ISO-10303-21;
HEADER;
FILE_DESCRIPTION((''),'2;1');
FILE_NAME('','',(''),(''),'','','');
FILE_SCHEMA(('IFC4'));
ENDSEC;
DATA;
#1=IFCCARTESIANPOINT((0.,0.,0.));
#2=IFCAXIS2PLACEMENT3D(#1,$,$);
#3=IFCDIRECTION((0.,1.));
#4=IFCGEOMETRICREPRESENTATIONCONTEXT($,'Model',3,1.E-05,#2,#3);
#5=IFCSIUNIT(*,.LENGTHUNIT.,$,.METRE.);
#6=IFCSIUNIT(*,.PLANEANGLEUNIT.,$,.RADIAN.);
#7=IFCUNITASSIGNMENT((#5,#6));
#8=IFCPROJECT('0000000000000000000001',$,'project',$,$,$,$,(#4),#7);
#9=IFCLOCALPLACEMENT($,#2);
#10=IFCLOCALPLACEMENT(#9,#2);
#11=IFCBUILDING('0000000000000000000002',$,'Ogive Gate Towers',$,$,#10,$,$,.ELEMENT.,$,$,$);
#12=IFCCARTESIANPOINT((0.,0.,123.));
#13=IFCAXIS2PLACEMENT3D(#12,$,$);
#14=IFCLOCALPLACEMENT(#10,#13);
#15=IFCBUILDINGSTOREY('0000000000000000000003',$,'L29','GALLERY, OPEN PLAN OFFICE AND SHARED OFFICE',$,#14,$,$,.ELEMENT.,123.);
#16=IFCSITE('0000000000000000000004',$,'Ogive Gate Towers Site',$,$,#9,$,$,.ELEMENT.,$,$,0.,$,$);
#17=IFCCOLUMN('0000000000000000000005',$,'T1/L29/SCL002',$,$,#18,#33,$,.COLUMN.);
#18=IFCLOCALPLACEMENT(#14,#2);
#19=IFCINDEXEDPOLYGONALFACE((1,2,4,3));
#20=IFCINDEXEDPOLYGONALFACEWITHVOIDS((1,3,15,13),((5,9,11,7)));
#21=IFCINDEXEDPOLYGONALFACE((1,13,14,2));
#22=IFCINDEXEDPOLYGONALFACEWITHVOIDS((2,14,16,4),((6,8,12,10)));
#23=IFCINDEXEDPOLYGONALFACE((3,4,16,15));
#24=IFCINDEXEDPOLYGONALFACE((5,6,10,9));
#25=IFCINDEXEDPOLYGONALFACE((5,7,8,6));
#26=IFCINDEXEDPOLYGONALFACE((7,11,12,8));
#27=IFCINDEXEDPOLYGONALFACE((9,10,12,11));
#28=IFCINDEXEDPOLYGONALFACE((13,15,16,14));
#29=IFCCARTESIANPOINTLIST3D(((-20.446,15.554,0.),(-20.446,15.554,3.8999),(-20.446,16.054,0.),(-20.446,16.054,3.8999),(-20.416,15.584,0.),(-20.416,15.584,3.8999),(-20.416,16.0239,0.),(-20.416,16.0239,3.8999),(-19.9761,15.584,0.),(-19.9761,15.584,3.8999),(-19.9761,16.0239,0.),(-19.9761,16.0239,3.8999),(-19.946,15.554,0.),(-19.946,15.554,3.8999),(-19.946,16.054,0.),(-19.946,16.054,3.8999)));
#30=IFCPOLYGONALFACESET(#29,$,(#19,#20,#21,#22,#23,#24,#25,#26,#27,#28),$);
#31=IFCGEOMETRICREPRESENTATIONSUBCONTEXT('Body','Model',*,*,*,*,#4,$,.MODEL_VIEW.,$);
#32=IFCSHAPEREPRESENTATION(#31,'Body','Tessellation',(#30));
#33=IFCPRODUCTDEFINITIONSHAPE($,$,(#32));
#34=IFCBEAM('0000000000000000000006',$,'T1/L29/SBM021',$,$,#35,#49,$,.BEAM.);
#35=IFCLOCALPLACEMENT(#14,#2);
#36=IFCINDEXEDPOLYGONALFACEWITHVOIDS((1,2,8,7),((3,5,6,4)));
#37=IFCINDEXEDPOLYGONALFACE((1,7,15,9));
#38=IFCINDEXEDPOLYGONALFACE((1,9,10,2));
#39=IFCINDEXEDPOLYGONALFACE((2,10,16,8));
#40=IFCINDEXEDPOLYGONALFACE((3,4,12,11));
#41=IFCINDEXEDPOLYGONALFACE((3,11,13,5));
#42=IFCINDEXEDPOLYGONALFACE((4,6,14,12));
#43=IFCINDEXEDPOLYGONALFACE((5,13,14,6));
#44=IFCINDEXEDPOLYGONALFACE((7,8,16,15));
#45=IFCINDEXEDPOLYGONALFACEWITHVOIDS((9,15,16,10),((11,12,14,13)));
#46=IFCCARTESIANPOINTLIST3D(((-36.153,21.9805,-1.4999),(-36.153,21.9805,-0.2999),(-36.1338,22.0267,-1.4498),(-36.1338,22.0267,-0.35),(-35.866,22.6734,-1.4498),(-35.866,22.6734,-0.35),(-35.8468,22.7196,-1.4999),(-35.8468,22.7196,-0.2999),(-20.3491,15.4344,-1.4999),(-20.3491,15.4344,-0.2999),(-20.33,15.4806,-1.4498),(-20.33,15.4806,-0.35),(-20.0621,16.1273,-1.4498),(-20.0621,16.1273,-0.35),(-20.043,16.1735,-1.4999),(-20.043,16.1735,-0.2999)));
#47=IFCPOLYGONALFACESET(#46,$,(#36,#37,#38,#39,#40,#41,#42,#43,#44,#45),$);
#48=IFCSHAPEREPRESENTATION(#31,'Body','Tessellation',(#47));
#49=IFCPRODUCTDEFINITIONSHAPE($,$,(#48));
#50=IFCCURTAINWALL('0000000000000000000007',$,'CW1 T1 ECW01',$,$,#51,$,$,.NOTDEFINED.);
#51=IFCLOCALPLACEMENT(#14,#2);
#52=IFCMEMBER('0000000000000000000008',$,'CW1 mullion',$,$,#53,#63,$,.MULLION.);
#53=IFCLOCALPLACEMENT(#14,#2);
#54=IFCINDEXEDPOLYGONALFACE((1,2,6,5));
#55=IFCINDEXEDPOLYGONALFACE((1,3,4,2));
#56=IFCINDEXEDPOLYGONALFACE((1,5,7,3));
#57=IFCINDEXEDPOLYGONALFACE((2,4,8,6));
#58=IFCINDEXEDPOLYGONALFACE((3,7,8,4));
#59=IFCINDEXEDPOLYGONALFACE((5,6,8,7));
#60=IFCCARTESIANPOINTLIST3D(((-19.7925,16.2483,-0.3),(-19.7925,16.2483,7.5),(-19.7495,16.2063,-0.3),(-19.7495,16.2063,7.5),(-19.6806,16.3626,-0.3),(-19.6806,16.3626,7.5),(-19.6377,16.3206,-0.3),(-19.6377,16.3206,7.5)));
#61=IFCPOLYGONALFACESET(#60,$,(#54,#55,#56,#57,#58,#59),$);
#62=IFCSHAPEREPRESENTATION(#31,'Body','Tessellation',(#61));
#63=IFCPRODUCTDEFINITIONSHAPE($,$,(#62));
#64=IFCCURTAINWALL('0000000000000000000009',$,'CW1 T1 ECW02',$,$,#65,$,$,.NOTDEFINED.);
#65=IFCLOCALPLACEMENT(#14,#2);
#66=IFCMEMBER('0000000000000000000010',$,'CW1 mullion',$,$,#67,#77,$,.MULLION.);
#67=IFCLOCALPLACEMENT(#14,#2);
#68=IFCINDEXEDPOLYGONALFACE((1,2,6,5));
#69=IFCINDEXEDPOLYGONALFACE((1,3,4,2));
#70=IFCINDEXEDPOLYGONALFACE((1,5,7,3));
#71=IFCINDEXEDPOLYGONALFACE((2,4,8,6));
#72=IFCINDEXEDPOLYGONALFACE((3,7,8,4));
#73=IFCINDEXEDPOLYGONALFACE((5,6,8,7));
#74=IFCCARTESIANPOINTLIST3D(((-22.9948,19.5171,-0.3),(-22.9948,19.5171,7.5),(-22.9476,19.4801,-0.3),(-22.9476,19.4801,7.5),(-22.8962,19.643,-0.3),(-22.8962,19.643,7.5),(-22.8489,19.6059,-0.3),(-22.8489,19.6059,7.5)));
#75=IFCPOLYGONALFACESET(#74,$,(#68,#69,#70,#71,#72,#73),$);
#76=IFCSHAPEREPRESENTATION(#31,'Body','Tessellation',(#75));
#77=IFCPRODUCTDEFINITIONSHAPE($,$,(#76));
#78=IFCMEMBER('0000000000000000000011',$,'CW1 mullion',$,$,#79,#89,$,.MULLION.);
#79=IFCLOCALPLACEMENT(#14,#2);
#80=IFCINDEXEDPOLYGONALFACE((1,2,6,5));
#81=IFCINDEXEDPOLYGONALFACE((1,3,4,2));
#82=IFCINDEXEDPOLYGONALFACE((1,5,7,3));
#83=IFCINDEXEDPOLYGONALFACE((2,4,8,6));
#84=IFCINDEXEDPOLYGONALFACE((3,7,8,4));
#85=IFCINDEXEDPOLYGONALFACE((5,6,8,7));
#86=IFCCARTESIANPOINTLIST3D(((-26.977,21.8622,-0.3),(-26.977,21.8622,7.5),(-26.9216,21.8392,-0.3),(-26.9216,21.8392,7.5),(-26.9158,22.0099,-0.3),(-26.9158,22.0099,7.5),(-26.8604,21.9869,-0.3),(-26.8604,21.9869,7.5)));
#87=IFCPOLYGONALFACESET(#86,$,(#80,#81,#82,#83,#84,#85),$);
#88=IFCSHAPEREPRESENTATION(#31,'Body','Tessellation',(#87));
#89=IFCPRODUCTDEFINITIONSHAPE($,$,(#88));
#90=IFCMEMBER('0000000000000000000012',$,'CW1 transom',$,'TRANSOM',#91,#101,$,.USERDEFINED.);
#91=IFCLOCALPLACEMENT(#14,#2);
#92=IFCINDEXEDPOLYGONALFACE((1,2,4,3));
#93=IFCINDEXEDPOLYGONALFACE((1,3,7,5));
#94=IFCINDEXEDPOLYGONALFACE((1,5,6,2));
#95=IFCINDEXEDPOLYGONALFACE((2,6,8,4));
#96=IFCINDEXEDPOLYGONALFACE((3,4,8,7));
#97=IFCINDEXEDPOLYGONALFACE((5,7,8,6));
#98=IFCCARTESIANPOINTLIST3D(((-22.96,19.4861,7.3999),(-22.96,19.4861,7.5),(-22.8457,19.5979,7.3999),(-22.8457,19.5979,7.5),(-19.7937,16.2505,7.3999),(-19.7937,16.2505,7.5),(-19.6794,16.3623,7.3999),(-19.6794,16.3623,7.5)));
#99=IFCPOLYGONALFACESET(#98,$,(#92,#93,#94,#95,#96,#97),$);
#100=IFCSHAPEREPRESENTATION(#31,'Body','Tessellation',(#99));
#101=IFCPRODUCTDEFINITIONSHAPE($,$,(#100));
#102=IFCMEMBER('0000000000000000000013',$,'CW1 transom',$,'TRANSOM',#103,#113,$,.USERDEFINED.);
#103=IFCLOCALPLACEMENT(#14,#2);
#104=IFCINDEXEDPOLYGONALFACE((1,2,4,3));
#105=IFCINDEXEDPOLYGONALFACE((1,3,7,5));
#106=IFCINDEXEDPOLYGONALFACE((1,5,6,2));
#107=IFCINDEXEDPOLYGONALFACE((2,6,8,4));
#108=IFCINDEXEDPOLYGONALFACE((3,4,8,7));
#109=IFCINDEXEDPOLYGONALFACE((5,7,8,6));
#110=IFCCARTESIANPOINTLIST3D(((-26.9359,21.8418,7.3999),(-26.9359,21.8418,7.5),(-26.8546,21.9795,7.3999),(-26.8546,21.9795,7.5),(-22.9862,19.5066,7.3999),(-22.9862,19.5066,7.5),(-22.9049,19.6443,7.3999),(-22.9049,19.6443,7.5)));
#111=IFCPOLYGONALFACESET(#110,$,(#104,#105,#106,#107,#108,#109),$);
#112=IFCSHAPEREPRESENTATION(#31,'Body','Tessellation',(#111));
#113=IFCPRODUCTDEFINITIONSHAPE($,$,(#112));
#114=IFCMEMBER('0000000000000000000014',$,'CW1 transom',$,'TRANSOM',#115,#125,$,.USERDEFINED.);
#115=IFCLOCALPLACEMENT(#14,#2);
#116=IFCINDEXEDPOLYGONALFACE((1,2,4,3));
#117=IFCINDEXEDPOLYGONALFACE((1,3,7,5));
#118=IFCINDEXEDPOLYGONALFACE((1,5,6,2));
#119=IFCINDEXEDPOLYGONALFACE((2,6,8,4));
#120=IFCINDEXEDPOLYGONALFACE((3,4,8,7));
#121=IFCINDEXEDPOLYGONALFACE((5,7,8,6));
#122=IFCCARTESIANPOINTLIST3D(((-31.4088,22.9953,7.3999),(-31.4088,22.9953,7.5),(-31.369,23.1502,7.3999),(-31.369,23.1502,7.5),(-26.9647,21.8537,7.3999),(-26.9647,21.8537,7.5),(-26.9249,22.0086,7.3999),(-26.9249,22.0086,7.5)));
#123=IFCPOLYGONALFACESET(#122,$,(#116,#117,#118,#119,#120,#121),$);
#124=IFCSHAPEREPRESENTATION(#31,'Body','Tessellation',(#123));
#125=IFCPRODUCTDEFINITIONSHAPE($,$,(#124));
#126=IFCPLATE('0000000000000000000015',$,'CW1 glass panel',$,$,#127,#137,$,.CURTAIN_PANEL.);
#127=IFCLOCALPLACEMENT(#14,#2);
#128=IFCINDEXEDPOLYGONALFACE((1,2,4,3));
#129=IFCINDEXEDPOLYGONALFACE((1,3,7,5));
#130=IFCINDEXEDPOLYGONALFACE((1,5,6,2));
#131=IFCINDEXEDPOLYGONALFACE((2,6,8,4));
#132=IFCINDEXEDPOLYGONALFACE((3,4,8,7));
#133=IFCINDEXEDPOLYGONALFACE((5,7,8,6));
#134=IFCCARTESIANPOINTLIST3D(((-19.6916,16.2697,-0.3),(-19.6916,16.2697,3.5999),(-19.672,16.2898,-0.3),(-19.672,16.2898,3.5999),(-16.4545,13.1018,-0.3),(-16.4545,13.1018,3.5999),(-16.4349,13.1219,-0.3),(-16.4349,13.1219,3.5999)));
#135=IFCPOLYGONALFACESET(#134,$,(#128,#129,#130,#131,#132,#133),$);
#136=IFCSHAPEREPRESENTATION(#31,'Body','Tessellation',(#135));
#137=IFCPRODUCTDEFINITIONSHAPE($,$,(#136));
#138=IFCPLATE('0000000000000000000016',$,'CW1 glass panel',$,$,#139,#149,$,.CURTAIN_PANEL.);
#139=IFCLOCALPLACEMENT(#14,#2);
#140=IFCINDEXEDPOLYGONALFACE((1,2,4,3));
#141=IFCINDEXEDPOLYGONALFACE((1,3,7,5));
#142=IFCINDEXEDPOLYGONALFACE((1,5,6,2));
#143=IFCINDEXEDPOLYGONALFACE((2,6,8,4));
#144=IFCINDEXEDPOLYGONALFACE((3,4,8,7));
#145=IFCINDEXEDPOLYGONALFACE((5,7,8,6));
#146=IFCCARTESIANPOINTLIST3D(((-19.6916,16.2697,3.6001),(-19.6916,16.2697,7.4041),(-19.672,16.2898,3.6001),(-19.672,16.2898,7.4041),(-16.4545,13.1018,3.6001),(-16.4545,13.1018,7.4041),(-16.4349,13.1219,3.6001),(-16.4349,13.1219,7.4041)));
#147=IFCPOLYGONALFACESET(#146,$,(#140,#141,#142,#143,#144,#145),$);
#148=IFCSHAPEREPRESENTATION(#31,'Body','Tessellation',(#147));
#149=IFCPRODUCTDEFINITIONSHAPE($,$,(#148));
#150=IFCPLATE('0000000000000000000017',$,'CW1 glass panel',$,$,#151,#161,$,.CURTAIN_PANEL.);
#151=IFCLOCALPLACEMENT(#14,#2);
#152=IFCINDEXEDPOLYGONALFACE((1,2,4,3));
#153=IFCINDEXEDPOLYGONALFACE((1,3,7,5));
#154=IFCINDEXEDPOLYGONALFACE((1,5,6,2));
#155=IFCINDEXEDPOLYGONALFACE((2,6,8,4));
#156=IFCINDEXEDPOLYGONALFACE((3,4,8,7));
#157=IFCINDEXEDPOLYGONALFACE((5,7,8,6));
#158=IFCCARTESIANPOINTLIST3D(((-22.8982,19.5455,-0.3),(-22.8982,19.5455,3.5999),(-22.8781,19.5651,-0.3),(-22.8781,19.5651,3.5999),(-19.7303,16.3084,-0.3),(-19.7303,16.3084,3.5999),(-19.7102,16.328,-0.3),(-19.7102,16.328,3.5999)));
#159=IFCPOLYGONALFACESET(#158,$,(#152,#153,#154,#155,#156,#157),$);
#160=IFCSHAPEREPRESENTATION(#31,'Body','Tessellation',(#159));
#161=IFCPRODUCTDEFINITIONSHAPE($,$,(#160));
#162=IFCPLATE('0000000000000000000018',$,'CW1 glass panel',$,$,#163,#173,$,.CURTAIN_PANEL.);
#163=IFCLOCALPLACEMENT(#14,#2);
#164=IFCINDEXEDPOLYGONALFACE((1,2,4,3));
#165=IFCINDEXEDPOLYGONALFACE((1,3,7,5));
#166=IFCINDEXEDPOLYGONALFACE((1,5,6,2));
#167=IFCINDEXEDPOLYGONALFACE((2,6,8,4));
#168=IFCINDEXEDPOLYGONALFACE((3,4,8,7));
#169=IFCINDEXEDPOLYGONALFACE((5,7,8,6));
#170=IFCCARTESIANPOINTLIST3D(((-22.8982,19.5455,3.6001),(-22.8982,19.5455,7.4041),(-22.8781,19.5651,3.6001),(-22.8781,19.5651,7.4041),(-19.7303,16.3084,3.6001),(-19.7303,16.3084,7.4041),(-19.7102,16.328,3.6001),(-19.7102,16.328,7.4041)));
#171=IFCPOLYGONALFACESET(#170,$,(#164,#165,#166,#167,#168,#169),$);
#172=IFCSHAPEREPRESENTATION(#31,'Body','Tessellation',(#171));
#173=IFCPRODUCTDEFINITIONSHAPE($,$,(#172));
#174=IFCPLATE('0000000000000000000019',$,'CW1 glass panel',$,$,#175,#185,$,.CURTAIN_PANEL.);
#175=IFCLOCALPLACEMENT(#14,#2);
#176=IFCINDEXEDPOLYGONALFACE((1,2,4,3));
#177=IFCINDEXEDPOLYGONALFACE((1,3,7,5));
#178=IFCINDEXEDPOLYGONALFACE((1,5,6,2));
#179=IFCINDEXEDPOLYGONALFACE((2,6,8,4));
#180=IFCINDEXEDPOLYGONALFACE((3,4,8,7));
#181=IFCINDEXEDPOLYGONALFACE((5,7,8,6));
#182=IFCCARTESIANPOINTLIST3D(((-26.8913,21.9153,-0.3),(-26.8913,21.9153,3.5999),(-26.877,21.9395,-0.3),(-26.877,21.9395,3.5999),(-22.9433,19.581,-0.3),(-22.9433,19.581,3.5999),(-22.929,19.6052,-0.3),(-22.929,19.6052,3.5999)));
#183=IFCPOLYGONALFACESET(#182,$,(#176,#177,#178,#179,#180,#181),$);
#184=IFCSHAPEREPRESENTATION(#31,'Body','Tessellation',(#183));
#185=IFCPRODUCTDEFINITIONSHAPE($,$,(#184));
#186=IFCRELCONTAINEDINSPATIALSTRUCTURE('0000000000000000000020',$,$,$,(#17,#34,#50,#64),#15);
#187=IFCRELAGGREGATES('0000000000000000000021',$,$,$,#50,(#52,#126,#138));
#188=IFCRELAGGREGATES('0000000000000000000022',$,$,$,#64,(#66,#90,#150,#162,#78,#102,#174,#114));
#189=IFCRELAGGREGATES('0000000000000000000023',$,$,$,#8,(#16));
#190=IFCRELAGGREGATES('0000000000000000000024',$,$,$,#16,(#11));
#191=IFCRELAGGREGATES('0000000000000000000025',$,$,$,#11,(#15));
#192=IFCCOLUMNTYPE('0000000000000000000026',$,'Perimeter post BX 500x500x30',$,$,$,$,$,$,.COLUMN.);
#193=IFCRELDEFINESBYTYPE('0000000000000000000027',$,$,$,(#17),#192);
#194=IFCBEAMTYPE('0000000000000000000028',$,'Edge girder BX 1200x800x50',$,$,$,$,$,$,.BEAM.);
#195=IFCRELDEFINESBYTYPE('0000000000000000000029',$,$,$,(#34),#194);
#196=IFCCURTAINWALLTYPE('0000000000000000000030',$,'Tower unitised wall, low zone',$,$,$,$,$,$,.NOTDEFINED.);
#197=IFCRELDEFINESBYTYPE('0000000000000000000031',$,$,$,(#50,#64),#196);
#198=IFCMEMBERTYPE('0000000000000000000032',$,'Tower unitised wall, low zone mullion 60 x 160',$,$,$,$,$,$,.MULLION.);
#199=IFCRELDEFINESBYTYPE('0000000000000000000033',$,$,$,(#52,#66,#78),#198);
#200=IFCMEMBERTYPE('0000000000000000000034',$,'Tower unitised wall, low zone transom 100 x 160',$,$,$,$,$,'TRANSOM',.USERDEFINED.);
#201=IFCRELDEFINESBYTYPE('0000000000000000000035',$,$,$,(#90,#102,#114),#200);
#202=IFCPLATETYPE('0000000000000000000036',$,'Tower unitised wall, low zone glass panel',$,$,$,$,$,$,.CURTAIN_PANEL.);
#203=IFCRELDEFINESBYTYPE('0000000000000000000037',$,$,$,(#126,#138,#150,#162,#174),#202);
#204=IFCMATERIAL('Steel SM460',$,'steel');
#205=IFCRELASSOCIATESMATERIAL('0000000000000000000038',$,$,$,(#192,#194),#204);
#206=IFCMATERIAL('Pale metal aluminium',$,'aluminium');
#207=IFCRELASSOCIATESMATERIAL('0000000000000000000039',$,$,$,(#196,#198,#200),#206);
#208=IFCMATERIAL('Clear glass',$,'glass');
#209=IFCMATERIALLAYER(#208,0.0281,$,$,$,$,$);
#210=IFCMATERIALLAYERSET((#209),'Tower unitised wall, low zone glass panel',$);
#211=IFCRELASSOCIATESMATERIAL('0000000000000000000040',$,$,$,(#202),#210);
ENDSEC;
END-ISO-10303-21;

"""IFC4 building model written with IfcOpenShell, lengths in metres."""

from ifc_helpers import new_model, si_unit, direction, frame, origin, origin_2d, place, context, subcontext, project, spatial, rectangle, hollow_rectangle, extrude, material, layer, layer_set, material_profile, profile_set, type_object, element, aggregate, save


model = new_model("IFC4")

# Units and contexts
model_context = context("Model", 3, precision=1e-05, world=origin(), true_north=direction((0.0, 1.0)))
body_context = subcontext(model_context, "Body", "Model", "MODEL_VIEW")
ifc_project = project(units=[si_unit("LENGTHUNIT", "METRE"), si_unit("PLANEANGLEUNIT", "RADIAN")], contexts=[model_context])

# Site, building, storey
site_placement = place(None, origin())
site = spatial("IfcSite", under=ifc_project, at=site_placement, Name="Ogive Gate Towers Site", CompositionType="ELEMENT", RefElevation=0.0)
building_placement = place(site_placement, origin())
building = spatial("IfcBuilding", under=site, at=building_placement, Name="Ogive Gate Towers", CompositionType="ELEMENT")
storey_placement = place(building_placement, frame((0.0, 0.0, 123.0)))
storey = spatial("IfcBuildingStorey", under=building, at=storey_placement, Name="L29", Description="GALLERY, OPEN PLAN OFFICE AND SHARED OFFICE", CompositionType="ELEMENT", Elevation=123.0)

# Column
ifc_material_1 = material(Name="Steel SM460", Category="steel")
ifc_material_profile_1 = material_profile(ifc_material_1, hollow_rectangle(XDim=0.5, YDim=0.5, WallThickness=0.03, at=origin_2d()), Name="BX 500x500x30")
ifc_profile_set_1 = profile_set([ifc_material_profile_1], Name="Steel SM460")
column_type = type_object("IfcColumnType", Name="Perimeter post BX 500x500x30", PredefinedType="COLUMN", material=ifc_profile_set_1)
column_placement = place(storey_placement, frame((-20.196, 15.804, 0.0), z_axis=(0.0, 0.0, 1.0), x_axis=(1.0, 0.0, 0.0)))
element("IfcColumn", 1, at=column_placement, inside=storey, type_object=column_type, Name="T1/L29/SCL002", PredefinedType="COLUMN", context=body_context, shape_type="SweptSolid", body=[
    extrude(hollow_rectangle(XDim=0.5, YDim=0.5, WallThickness=0.03, at=origin_2d()), origin(), (0.0, 0.0, 1.0), 3.8999),
])

# Beam
ifc_material_profile_2 = material_profile(ifc_material_1, hollow_rectangle(XDim=0.8, YDim=1.2, WallThickness=0.05, at=origin_2d()), Name="BX 1200x800x50")
ifc_profile_set_2 = profile_set([ifc_material_profile_2], Name="Steel SM460")
beam_type = type_object("IfcBeamType", Name="Edge girder BX 1200x800x50", PredefinedType="BEAM", material=ifc_profile_set_2)
beam_placement = place(storey_placement, frame((-20.196, 15.804, -0.8999), z_axis=(-0.923881, 0.38268, 0.0), x_axis=(-0.38268, -0.923881, 0.0)))
element("IfcBeam", 2, at=beam_placement, inside=storey, type_object=beam_type, Name="T1/L29/SBM021", PredefinedType="BEAM", context=body_context, shape_type="SweptSolid", body=[
    extrude(hollow_rectangle(XDim=0.8, YDim=1.2, WallThickness=0.05, at=origin_2d()), origin(), (0.0, 0.0, 1.0), 17.106),
])

# Curtain wall, member
ifc_material_2 = material(Name="Pale metal aluminium", Category="aluminium")
curtain_wall_type = type_object("IfcCurtainWallType", Name="Tower unitised wall, low zone", PredefinedType="NOTDEFINED", material=ifc_material_2)
curtain_wall_1_placement = place(storey_placement, origin())
curtain_wall_1 = element("IfcCurtainWall", 3, at=curtain_wall_1_placement, inside=storey, type_object=curtain_wall_type, Name="CW1 T1 ECW01", PredefinedType="NOTDEFINED")
ifc_material_profile_3 = material_profile(ifc_material_2, rectangle(XDim=0.1599, YDim=0.0601, at=origin_2d()), Name="60 x 160 aluminium box")
ifc_profile_set_3 = profile_set([ifc_material_profile_3], Name="Pale metal aluminium")
member_type_1 = type_object("IfcMemberType", Name="Tower unitised wall, low zone mullion 60 x 160", PredefinedType="MULLION", material=ifc_profile_set_3)
member_1_placement = place(storey_placement, frame((-19.7151, 16.2844, -0.3), z_axis=(0.0, 0.0, 1.0), x_axis=(0.699426, 0.714705, 0.0)))
member_1 = element("IfcMember", 4, at=member_1_placement, type_object=member_type_1, Name="CW1 mullion", PredefinedType="MULLION", context=body_context, shape_type="SweptSolid", body=[
    extrude(rectangle(XDim=0.1599, YDim=0.0601, at=origin_2d()), origin(), (0.0, 0.0, 1.0), 7.8),
])

# Curtain wall, members
curtain_wall_2_placement = place(storey_placement, origin())
curtain_wall_2 = element("IfcCurtainWall", 5, at=curtain_wall_2_placement, inside=storey, type_object=curtain_wall_type, Name="CW1 T1 ECW02", PredefinedType="NOTDEFINED")
member_2_placement = place(storey_placement, frame((-22.9219, 19.5615, -0.3), z_axis=(0.0, 0.0, 1.0), x_axis=(0.617132, 0.78686, 0.0)))
member_2 = element("IfcMember", 6, at=member_2_placement, type_object=member_type_1, Name="CW1 mullion", PredefinedType="MULLION", context=body_context, shape_type="SweptSolid", body=[
    extrude(rectangle(XDim=0.1599, YDim=0.0601, at=origin_2d()), origin(), (0.0, 0.0, 1.0), 7.8),
])
member_3_placement = place(storey_placement, frame((-26.9187, 21.9246, -0.3), z_axis=(0.0, 0.0, 1.0), x_axis=(0.382683, 0.92388, 0.0)))
member_3 = element("IfcMember", 7, at=member_3_placement, type_object=member_type_1, Name="CW1 mullion", PredefinedType="MULLION", context=body_context, shape_type="SweptSolid", body=[
    extrude(rectangle(XDim=0.1599, YDim=0.0601, at=origin_2d()), origin(), (0.0, 0.0, 1.0), 7.8),
])
ifc_material_profile_4 = material_profile(ifc_material_2, rectangle(XDim=0.1599, YDim=0.1001, at=origin_2d()), Name="100 x 160 aluminium box")
ifc_profile_set_4 = profile_set([ifc_material_profile_4], Name="Pale metal aluminium")
member_type_2 = type_object("IfcMemberType", Name="Tower unitised wall, low zone transom 100 x 160", ElementType="TRANSOM", PredefinedType="USERDEFINED", material=ifc_profile_set_4)
member_4_placement = place(storey_placement, frame((-19.7366, 16.3064, 7.45), z_axis=(-0.699407, 0.714723, 0.0), x_axis=(-0.714723, -0.699407, 0.0)))
member_4 = element("IfcMember", 8, at=member_4_placement, type_object=member_type_2, Name="CW1 transom", ObjectType="TRANSOM", PredefinedType="USERDEFINED", context=body_context, shape_type="SweptSolid", body=[
    extrude(rectangle(XDim=0.1599, YDim=0.1001, at=origin_2d()), origin(), (0.0, 0.0, 1.0), 4.5271),
])
member_5_placement = place(storey_placement, frame((-22.9456, 19.5754, 7.45), z_axis=(-0.860804, 0.508937, 0.0), x_axis=(-0.508937, -0.860804, 0.0)))
member_5 = element("IfcMember", 9, at=member_5_placement, type_object=member_type_2, Name="CW1 transom", ObjectType="TRANSOM", PredefinedType="USERDEFINED", context=body_context, shape_type="SweptSolid", body=[
    extrude(rectangle(XDim=0.1599, YDim=0.1001, at=origin_2d()), origin(), (0.0, 0.0, 1.0), 4.5884),
])
member_6_placement = place(storey_placement, frame((-26.9448, 21.9312, 7.45), z_axis=(-0.968554, 0.248803, 0.0), x_axis=(-0.248803, -0.968554, 0.0)))
member_6 = element("IfcMember", 10, at=member_6_placement, type_object=member_type_2, Name="CW1 transom", ObjectType="TRANSOM", PredefinedType="USERDEFINED", context=body_context, shape_type="SweptSolid", body=[
    extrude(rectangle(XDim=0.1599, YDim=0.1001, at=origin_2d()), origin(), (0.0, 0.0, 1.0), 4.5884),
])

# Plates
ifc_material_3 = material(Name="Clear glass", Category="glass")
ifc_layer_1 = layer(ifc_material_3, 0.0281)
ifc_layer_set_1 = layer_set([ifc_layer_1], Name="Tower unitised wall, low zone glass panel")
plate_type = type_object("IfcPlateType", Name="Tower unitised wall, low zone glass panel", PredefinedType="CURTAIN_PANEL", material=ifc_layer_set_1)
plate_1_placement = place(storey_placement, frame((-18.0632, 14.6958, -0.3), z_axis=(0.0, 0.0, 1.0), x_axis=(-0.714705, 0.699426, 0.0)))
plate_1 = element("IfcPlate", 11, at=plate_1_placement, type_object=plate_type, Name="CW1 glass panel", PredefinedType="CURTAIN_PANEL", context=body_context, shape_type="SweptSolid", body=[
    extrude(rectangle(XDim=4.5293, YDim=0.0281, at=origin_2d()), origin(), (0.0, 0.0, 1.0), 3.8999),
])
plate_2_placement = place(storey_placement, frame((-18.0632, 14.6958, 3.6001), z_axis=(0.0, 0.0, 1.0), x_axis=(-0.714705, 0.699426, 0.0)))
plate_2 = element("IfcPlate", 12, at=plate_2_placement, type_object=plate_type, Name="CW1 glass panel", PredefinedType="CURTAIN_PANEL", context=body_context, shape_type="SweptSolid", body=[
    extrude(rectangle(XDim=4.5293, YDim=0.0281, at=origin_2d()), origin(), (0.0, 0.0, 1.0), 3.804),
])
aggregate(curtain_wall_1, [member_1, plate_1, plate_2])
plate_3_placement = place(storey_placement, frame((-21.3042, 17.9368, -0.3), z_axis=(0.0, 0.0, 1.0), x_axis=(-0.699426, 0.714705, 0.0)))
plate_3 = element("IfcPlate", 13, at=plate_3_placement, type_object=plate_type, Name="CW1 glass panel", PredefinedType="CURTAIN_PANEL", context=body_context, shape_type="SweptSolid", body=[
    extrude(rectangle(XDim=4.5293, YDim=0.0281, at=origin_2d()), origin(), (0.0, 0.0, 1.0), 3.8999),
])
plate_4_placement = place(storey_placement, frame((-21.3042, 17.9368, 3.6001), z_axis=(0.0, 0.0, 1.0), x_axis=(-0.699426, 0.714705, 0.0)))
plate_4 = element("IfcPlate", 14, at=plate_4_placement, type_object=plate_type, Name="CW1 glass panel", PredefinedType="CURTAIN_PANEL", context=body_context, shape_type="SweptSolid", body=[
    extrude(rectangle(XDim=4.5293, YDim=0.0281, at=origin_2d()), origin(), (0.0, 0.0, 1.0), 3.804),
])
plate_5_placement = place(storey_placement, frame((-24.9102, 20.7603, -0.3), z_axis=(0.0, 0.0, 1.0), x_axis=(-0.860795, 0.508951, 0.0)))
plate_5 = element("IfcPlate", 15, at=plate_5_placement, type_object=plate_type, Name="CW1 glass panel", PredefinedType="CURTAIN_PANEL", context=body_context, shape_type="SweptSolid", body=[
    extrude(rectangle(XDim=4.5864, YDim=0.0281, at=origin_2d()), origin(), (0.0, 0.0, 1.0), 3.8999),
])
aggregate(curtain_wall_2, [member_2, member_4, plate_3, plate_4, member_3, member_5, plate_5, member_6])

save(model, "model.ifc")
